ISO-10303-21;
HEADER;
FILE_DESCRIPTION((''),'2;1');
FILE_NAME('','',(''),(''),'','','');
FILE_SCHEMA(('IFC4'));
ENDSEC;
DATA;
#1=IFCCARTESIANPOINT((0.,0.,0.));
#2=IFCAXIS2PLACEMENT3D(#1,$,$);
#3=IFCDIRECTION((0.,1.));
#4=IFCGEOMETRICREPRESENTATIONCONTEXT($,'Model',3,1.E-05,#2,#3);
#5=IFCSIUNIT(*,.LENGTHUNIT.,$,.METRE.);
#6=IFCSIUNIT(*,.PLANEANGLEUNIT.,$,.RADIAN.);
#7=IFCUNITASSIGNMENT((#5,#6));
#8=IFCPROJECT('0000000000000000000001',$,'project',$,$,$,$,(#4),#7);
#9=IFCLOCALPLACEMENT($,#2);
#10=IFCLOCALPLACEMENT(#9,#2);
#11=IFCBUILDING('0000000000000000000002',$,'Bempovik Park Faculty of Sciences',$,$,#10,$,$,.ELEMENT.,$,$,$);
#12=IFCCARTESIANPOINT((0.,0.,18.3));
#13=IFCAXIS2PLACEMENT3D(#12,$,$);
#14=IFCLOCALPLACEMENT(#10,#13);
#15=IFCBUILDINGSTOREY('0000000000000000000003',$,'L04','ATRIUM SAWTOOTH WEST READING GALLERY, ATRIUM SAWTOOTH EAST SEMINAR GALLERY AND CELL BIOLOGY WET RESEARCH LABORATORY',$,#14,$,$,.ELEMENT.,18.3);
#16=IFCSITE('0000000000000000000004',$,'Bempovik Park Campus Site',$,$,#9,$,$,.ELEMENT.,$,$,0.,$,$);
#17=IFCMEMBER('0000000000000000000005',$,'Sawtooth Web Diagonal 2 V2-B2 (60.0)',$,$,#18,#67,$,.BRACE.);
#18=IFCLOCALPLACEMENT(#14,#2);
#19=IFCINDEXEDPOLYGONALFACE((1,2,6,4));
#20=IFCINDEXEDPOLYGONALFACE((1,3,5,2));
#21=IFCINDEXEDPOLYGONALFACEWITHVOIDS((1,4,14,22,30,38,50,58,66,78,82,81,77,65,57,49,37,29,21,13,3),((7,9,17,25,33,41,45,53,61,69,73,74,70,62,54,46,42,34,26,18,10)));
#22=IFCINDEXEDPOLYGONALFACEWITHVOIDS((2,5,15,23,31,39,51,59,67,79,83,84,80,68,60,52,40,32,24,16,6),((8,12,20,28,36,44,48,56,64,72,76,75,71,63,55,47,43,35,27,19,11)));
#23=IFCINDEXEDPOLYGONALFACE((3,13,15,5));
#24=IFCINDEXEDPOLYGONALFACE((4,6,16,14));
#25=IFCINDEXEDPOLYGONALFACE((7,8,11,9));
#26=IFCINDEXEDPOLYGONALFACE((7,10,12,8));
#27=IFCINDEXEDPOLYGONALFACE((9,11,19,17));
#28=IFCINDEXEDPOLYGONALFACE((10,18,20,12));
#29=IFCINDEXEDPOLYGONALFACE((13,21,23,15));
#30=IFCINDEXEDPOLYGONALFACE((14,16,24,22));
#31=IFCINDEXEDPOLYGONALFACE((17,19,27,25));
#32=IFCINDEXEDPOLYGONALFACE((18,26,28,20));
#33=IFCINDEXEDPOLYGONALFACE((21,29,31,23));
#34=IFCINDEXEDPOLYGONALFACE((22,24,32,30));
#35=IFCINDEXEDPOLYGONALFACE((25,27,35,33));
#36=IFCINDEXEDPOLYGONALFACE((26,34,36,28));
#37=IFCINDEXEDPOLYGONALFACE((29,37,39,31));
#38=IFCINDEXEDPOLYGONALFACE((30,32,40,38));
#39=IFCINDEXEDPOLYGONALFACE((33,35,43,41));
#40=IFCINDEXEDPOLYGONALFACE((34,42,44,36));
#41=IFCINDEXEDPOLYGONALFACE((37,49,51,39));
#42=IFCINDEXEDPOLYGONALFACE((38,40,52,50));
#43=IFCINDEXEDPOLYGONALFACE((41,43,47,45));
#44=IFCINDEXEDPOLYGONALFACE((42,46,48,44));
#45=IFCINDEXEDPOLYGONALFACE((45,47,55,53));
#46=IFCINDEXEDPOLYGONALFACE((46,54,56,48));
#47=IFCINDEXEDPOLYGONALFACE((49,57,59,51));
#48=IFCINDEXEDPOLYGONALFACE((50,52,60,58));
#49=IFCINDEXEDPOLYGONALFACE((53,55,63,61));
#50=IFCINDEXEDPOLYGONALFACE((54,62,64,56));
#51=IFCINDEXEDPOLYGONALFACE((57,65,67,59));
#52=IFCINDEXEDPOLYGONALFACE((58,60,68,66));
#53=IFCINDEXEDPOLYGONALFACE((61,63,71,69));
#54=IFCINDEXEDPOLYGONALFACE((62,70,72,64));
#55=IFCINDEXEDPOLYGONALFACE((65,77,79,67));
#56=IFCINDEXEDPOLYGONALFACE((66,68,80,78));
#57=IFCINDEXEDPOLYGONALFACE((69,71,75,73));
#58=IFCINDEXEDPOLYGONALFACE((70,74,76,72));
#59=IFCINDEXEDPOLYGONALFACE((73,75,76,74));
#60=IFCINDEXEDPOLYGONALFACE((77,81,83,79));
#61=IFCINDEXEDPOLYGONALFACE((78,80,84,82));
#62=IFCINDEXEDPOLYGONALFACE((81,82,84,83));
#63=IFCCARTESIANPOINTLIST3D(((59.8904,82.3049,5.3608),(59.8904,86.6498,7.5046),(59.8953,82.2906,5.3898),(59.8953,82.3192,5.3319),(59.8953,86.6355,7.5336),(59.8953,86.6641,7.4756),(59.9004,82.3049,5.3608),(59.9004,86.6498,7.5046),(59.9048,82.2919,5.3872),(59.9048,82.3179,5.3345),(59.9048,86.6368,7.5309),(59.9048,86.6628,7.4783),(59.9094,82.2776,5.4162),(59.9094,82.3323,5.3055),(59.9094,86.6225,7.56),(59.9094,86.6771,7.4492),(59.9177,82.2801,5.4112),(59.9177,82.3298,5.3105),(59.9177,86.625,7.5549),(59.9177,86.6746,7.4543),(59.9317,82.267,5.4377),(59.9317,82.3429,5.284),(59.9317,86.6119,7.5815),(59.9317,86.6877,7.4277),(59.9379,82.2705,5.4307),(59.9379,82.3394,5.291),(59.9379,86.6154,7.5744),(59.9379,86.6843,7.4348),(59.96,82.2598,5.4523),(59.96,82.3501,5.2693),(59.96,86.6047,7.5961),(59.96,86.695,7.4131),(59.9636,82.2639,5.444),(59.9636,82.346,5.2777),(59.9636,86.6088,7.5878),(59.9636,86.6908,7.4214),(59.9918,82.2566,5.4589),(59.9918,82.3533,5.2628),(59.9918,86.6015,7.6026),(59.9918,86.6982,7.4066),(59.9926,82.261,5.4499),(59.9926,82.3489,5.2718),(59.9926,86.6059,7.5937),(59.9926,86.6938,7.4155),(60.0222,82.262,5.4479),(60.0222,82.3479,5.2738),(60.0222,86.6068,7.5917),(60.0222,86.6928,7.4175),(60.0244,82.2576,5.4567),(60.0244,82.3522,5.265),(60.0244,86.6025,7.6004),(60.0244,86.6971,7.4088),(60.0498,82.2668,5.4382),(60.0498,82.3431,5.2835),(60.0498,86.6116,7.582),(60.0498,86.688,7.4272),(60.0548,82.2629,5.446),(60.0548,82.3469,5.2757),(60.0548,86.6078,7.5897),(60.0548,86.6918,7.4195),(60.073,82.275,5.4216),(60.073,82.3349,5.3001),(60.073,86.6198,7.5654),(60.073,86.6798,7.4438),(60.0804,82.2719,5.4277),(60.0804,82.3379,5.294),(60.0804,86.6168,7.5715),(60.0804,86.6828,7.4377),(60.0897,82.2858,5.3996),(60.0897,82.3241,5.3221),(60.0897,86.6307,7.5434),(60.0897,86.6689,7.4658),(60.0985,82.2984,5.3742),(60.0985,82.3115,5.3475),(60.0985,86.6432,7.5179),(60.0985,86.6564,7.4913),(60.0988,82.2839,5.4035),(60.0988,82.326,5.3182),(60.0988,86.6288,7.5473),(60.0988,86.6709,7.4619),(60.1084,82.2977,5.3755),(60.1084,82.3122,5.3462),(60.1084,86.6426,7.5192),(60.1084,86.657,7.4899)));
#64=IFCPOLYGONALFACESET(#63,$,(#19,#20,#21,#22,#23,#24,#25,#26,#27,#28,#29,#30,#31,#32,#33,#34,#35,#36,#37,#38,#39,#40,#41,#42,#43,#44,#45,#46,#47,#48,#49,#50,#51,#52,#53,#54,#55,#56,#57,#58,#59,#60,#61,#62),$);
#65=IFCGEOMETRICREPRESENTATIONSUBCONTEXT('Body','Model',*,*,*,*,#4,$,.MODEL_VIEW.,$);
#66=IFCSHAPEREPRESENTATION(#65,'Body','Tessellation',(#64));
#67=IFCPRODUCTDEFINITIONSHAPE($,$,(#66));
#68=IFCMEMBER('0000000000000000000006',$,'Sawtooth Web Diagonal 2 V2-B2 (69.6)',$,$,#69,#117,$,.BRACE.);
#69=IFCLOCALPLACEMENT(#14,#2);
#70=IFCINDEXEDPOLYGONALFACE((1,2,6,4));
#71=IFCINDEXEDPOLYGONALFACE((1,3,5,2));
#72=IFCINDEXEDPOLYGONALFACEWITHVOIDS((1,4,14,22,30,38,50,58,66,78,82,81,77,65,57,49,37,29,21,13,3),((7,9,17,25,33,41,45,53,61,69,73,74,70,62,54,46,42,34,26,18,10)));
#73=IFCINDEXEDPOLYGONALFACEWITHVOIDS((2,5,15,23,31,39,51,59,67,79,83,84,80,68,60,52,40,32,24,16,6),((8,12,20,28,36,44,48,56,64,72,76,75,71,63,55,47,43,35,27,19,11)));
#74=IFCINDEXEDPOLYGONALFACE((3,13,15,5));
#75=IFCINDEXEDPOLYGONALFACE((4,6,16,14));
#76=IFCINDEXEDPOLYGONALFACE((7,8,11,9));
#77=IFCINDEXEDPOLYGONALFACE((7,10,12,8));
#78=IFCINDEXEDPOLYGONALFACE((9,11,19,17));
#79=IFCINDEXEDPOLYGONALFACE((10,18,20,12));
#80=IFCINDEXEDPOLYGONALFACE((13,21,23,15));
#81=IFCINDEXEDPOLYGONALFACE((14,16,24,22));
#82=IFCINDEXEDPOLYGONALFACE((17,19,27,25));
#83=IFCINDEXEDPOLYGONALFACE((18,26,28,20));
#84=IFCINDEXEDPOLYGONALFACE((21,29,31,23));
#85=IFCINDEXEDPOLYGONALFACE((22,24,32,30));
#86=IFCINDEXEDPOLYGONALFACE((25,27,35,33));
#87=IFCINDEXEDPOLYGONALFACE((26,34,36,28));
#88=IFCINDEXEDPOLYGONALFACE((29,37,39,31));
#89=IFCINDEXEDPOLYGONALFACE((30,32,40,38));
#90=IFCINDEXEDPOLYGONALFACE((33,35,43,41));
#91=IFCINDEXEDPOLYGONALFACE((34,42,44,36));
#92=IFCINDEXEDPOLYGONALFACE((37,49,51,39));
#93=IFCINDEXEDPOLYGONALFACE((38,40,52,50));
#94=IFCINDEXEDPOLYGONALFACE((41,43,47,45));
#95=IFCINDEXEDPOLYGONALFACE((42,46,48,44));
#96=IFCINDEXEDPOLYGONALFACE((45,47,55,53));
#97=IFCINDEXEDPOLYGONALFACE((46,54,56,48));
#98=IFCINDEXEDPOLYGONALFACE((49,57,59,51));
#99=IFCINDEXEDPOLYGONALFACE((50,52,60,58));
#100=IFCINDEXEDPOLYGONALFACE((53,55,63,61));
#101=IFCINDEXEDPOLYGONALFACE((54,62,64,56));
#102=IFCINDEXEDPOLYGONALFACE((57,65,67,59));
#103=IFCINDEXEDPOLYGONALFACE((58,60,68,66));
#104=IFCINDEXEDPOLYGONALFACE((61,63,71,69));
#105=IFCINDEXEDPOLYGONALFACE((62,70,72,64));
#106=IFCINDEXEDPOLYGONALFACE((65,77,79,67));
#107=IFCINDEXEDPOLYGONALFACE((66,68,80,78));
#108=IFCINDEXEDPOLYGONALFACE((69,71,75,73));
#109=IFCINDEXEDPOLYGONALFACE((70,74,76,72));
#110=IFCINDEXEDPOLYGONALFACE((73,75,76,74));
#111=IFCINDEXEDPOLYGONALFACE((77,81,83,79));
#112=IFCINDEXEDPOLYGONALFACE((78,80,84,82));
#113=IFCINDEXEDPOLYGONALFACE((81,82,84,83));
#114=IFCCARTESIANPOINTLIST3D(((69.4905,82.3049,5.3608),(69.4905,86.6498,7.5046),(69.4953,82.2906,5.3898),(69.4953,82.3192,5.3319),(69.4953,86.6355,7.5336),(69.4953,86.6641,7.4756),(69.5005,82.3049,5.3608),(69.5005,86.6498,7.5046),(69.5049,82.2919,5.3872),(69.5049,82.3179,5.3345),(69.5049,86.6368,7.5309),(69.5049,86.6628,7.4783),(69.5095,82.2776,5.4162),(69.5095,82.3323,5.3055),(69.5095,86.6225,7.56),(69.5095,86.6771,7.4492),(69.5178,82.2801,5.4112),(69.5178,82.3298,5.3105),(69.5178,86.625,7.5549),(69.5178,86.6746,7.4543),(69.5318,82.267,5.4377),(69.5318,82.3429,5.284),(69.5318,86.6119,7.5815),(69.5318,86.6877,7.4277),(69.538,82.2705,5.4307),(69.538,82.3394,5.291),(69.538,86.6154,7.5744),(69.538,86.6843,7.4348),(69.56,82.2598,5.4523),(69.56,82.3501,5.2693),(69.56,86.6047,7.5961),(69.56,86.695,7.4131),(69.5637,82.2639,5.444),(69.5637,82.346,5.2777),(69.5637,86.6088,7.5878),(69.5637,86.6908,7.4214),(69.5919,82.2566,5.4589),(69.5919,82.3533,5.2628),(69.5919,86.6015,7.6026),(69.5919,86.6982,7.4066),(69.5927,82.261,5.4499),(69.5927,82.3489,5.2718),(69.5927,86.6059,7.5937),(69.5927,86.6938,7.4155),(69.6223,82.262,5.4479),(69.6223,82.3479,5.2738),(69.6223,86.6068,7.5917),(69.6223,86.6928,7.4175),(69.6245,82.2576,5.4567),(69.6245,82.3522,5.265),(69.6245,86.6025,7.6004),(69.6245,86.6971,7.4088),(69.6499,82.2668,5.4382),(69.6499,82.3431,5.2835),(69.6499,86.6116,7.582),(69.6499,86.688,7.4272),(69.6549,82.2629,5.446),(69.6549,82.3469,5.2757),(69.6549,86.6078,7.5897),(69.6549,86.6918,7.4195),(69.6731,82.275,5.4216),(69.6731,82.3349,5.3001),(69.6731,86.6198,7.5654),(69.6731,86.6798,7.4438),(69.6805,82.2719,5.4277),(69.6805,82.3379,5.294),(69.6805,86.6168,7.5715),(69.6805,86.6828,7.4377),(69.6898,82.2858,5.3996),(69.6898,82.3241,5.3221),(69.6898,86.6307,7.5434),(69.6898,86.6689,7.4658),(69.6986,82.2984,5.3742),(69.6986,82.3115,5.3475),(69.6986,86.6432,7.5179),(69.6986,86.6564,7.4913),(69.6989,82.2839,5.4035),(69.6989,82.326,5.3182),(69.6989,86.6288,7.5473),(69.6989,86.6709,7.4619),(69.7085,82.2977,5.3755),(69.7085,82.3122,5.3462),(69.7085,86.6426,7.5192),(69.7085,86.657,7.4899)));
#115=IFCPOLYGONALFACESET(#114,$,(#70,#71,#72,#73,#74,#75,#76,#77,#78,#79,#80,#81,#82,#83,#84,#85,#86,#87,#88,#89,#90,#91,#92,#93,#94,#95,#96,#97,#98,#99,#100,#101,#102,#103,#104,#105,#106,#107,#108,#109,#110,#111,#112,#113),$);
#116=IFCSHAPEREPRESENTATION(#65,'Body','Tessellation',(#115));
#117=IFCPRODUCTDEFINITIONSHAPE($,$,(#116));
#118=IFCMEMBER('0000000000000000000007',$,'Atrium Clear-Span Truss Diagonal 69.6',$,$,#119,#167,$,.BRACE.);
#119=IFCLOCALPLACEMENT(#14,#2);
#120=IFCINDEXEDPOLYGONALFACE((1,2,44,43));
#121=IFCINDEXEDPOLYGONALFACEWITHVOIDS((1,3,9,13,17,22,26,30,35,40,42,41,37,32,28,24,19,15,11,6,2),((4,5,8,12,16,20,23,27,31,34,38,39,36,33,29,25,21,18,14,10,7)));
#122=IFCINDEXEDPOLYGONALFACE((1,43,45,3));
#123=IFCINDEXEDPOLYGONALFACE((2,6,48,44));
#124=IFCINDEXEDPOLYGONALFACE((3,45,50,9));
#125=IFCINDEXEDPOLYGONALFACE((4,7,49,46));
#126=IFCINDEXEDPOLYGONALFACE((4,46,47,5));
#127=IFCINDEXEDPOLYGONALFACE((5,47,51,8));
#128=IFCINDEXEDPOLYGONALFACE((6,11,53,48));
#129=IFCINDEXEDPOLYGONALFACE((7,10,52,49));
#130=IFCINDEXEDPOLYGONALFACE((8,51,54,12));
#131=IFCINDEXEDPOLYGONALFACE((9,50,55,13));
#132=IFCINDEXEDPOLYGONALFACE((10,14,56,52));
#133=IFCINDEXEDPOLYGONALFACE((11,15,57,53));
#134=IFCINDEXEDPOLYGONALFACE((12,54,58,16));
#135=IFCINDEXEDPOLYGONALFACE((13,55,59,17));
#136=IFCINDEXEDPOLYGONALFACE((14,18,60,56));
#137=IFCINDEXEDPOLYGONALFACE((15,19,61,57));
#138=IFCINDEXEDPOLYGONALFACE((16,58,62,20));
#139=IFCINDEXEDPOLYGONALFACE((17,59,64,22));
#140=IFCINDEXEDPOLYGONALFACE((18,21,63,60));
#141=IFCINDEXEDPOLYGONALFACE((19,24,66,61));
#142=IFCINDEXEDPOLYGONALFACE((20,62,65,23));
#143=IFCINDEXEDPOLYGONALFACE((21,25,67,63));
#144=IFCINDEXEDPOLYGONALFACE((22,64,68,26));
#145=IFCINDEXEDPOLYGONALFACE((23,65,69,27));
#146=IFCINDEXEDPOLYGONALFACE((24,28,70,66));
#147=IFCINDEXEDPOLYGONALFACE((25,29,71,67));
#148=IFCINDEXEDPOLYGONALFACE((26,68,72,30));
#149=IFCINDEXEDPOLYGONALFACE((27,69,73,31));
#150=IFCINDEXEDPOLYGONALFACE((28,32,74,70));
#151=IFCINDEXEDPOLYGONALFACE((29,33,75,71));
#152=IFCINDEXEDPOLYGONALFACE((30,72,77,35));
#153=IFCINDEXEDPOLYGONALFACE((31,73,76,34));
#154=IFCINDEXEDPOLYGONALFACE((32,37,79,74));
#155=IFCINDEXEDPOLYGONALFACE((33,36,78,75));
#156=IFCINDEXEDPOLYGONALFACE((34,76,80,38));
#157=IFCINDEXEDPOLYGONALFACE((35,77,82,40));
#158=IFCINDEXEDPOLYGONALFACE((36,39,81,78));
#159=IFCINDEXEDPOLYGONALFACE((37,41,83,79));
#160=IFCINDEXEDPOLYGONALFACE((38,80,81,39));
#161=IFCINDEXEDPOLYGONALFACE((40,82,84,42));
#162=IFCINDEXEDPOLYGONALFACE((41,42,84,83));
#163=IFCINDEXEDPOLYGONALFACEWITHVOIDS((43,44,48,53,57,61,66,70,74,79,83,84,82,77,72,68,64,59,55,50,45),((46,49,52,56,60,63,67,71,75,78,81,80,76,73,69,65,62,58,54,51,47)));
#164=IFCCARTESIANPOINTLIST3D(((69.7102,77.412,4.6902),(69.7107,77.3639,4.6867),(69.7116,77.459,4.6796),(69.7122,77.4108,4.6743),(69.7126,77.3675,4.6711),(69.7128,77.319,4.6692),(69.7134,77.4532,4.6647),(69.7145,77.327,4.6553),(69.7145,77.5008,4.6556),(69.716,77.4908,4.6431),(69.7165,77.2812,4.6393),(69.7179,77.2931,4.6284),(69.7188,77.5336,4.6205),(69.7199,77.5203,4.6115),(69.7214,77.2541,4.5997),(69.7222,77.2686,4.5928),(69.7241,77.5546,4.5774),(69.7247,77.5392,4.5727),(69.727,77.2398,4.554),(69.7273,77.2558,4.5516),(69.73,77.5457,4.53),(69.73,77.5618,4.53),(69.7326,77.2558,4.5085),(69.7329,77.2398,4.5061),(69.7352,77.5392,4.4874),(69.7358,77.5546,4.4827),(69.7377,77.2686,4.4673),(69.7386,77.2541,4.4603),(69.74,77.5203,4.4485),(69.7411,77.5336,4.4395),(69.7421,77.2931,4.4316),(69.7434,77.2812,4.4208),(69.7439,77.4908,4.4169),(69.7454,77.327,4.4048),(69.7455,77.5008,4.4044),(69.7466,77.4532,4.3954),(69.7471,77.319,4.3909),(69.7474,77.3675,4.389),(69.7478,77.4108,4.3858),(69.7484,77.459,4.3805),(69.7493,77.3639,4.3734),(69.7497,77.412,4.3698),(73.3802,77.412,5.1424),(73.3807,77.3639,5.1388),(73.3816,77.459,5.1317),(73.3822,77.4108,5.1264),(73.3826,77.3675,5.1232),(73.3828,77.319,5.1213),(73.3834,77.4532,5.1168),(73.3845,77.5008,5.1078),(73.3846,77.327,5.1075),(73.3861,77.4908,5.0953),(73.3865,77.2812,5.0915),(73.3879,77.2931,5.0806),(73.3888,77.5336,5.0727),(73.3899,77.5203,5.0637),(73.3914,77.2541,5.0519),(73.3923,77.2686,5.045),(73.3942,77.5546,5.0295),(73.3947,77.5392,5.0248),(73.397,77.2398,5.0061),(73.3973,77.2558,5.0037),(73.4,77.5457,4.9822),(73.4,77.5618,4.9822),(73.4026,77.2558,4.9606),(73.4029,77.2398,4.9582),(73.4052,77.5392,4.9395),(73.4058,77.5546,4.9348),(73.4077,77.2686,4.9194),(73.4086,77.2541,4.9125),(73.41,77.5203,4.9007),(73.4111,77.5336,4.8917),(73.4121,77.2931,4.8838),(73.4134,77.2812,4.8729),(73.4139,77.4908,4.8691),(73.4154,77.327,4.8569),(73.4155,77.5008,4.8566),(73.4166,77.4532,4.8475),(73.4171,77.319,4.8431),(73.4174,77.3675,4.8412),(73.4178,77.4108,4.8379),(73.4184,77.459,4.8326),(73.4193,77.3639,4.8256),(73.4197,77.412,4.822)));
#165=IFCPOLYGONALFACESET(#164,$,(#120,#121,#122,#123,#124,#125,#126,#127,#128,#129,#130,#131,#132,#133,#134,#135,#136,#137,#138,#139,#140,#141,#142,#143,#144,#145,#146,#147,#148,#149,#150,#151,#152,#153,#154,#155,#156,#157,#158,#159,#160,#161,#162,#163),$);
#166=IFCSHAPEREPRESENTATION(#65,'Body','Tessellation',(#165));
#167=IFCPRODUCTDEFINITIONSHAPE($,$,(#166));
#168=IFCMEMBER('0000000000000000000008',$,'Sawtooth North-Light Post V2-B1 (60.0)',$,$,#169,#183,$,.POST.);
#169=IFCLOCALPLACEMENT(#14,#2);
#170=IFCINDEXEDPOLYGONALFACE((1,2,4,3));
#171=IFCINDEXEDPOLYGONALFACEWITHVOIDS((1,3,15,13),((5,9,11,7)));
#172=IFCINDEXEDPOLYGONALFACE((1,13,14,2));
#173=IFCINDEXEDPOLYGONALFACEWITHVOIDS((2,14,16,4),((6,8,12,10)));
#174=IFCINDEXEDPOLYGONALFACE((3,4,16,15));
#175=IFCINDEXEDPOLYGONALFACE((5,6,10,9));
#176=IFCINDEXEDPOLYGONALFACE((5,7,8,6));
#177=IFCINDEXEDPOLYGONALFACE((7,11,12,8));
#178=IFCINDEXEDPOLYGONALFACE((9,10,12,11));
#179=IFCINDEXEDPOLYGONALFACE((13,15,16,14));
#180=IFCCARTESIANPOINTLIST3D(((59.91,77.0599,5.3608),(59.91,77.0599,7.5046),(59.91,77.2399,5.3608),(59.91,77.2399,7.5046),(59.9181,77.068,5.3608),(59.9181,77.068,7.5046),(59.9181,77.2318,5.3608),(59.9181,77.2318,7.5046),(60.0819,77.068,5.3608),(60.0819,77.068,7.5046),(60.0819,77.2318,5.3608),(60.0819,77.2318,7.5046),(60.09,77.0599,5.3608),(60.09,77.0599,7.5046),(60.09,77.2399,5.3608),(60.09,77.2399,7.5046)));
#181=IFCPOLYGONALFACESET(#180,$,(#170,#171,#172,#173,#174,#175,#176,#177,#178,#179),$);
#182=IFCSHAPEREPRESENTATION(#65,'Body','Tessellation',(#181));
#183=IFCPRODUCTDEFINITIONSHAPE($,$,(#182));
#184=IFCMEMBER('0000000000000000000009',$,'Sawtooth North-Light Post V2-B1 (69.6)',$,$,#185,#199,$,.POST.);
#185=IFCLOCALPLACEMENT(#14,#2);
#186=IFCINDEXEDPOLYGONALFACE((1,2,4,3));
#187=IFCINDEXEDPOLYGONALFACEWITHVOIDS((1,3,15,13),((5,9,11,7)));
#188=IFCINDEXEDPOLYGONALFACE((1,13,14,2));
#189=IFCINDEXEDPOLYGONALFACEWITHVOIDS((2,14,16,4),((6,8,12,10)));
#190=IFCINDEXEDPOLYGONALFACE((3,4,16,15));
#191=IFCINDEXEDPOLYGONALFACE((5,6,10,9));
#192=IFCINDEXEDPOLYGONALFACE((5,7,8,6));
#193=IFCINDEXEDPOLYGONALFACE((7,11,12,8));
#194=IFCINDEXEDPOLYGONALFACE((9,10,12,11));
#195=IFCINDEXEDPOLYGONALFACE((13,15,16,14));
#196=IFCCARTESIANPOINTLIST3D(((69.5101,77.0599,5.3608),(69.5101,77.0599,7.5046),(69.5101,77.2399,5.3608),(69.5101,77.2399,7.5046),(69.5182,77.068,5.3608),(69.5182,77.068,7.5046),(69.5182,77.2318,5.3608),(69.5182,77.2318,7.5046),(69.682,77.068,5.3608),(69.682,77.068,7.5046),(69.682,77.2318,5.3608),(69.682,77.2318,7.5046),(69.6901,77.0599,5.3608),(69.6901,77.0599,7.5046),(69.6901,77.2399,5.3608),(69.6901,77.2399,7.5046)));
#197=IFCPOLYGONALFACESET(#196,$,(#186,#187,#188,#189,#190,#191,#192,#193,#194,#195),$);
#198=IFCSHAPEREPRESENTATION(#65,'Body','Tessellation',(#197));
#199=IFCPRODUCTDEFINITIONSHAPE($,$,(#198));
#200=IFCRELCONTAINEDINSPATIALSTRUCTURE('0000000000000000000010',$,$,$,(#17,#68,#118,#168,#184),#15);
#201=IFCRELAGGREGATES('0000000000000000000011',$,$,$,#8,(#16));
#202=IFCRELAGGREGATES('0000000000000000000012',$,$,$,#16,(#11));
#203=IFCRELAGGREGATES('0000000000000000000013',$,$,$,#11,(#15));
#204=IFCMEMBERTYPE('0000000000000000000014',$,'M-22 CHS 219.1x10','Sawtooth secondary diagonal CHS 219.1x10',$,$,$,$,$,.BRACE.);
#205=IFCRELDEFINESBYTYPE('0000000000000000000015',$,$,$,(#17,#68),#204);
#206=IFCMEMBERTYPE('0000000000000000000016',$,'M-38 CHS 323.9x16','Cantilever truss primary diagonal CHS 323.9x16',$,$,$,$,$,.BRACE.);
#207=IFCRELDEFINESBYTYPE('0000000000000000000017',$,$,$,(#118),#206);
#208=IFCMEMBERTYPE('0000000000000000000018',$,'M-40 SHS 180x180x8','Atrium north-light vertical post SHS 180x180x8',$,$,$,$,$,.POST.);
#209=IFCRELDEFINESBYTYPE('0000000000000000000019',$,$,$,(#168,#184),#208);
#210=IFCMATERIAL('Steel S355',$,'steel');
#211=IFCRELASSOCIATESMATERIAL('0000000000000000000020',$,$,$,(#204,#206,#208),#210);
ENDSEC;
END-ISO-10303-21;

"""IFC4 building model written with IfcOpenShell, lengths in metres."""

from ifc_helpers import new_model, si_unit, direction, frame, origin, origin_2d, place, context, subcontext, project, spatial, hollow_rectangle, hollow_circle, extrude, material, material_profile, profile_set, type_object, element, save


model = new_model("IFC4")

# Units and contexts
model_context = context("Model", 3, precision=1e-05, world=origin(), true_north=direction((0.0, 1.0)))
body_context = subcontext(model_context, "Body", "Model", "MODEL_VIEW")
ifc_project = project(units=[si_unit("LENGTHUNIT", "METRE"), si_unit("PLANEANGLEUNIT", "RADIAN")], contexts=[model_context])

# Site, building, storey
site_placement = place(None, origin())
site = spatial("IfcSite", under=ifc_project, at=site_placement, Name="Bempovik Park Campus Site", CompositionType="ELEMENT", RefElevation=0.0)
building_placement = place(site_placement, origin())
building = spatial("IfcBuilding", under=site, at=building_placement, Name="Bempovik Park Faculty of Sciences", CompositionType="ELEMENT")
storey_placement = place(building_placement, frame((0.0, 0.0, 18.3)))
storey = spatial("IfcBuildingStorey", under=building, at=storey_placement, Name="L04", Description="ATRIUM SAWTOOTH WEST READING GALLERY, ATRIUM SAWTOOTH EAST SEMINAR GALLERY AND CELL BIOLOGY WET RESEARCH LABORATORY", CompositionType="ELEMENT", Elevation=18.3)

# Shared definitions
ifc_material_1 = material(Name="Steel S355", Category="steel")

# Members
ifc_material_profile_1 = material_profile(ifc_material_1, hollow_circle(Radius=0.1096, WallThickness=0.01, at=origin_2d()), Name="CHS 219.1x10")
ifc_profile_set_1 = profile_set([ifc_material_profile_1], Name="Steel S355")
member_type_1 = type_object("IfcMemberType", Name="M-22 CHS 219.1x10", Description="Sawtooth secondary diagonal CHS 219.1x10", PredefinedType="BRACE", material=ifc_profile_set_1)
for number, where, z_axis, x_axis, name in (
    (1, (60.0, 82.3049, 5.3608), (0.0, 0.896783, 0.442471), (-1.0, 0.0, 0.0), "Sawtooth Web Diagonal 2 V2-B2 (60.0)"),
    (2, (69.6001, 82.3049, 5.3608), (0.0, 0.896783, 0.442471), (-1.0, 0.0, 0.0), "Sawtooth Web Diagonal 2 V2-B2 (69.6)"),
):
    element("IfcMember", number, at=place(storey_placement, frame(where, z_axis=z_axis, x_axis=x_axis)), inside=storey, type_object=member_type_1, Name=name, PredefinedType="BRACE", context=body_context, shape_type="SweptSolid", body=[
        extrude(hollow_circle(Radius=0.1096, WallThickness=0.01, at=origin_2d()), origin(), (0.0, 0.0, 1.0), 4.845),
    ])
ifc_material_profile_2 = material_profile(ifc_material_1, hollow_circle(Radius=0.1619, WallThickness=0.0161, at=origin_2d()), Name="CHS 323.9x16")
ifc_profile_set_2 = profile_set([ifc_material_profile_2], Name="Steel S355")
member_type_2 = type_object("IfcMemberType", Name="M-38 CHS 323.9x16", Description="Cantilever truss primary diagonal CHS 323.9x16", PredefinedType="BRACE", material=ifc_profile_set_2)
member_1_placement = place(storey_placement, frame((69.73, 77.3999, 4.53), z_axis=(0.992496, 0.0, 0.122279), x_axis=(0.0, 1.0, 0.0)))
element("IfcMember", 3, at=member_1_placement, inside=storey, type_object=member_type_2, Name="Atrium Clear-Span Truss Diagonal 69.6", PredefinedType="BRACE", context=body_context, shape_type="SweptSolid", body=[
    extrude(hollow_circle(Radius=0.1619, WallThickness=0.0161, at=origin_2d()), origin(), (0.0, 0.0, 1.0), 3.6978),
])
ifc_material_profile_3 = material_profile(ifc_material_1, hollow_rectangle(XDim=0.1799, YDim=0.1799, WallThickness=0.0081, at=origin_2d()), Name="SHS 180x180x8")
ifc_profile_set_3 = profile_set([ifc_material_profile_3], Name="Steel S355")
member_type_3 = type_object("IfcMemberType", Name="M-40 SHS 180x180x8", Description="Atrium north-light vertical post SHS 180x180x8", PredefinedType="POST", material=ifc_profile_set_3)
for number, where, z_axis, x_axis, name in (
    (4, (60.0, 77.1499, 5.3608), (0.0, 0.0, 1.0), (1.0, 0.0, 0.0), "Sawtooth North-Light Post V2-B1 (60.0)"),
    (5, (69.6001, 77.1499, 5.3608), (0.0, 0.0, 1.0), (1.0, 0.0, 0.0), "Sawtooth North-Light Post V2-B1 (69.6)"),
):
    element("IfcMember", number, at=place(storey_placement, frame(where, z_axis=z_axis, x_axis=x_axis)), inside=storey, type_object=member_type_3, Name=name, PredefinedType="POST", context=body_context, shape_type="SweptSolid", body=[
        extrude(hollow_rectangle(XDim=0.1799, YDim=0.1799, WallThickness=0.0081, at=origin_2d()), origin(), (0.0, 0.0, 1.0), 2.1438),
    ])

save(model, "model.ifc")
